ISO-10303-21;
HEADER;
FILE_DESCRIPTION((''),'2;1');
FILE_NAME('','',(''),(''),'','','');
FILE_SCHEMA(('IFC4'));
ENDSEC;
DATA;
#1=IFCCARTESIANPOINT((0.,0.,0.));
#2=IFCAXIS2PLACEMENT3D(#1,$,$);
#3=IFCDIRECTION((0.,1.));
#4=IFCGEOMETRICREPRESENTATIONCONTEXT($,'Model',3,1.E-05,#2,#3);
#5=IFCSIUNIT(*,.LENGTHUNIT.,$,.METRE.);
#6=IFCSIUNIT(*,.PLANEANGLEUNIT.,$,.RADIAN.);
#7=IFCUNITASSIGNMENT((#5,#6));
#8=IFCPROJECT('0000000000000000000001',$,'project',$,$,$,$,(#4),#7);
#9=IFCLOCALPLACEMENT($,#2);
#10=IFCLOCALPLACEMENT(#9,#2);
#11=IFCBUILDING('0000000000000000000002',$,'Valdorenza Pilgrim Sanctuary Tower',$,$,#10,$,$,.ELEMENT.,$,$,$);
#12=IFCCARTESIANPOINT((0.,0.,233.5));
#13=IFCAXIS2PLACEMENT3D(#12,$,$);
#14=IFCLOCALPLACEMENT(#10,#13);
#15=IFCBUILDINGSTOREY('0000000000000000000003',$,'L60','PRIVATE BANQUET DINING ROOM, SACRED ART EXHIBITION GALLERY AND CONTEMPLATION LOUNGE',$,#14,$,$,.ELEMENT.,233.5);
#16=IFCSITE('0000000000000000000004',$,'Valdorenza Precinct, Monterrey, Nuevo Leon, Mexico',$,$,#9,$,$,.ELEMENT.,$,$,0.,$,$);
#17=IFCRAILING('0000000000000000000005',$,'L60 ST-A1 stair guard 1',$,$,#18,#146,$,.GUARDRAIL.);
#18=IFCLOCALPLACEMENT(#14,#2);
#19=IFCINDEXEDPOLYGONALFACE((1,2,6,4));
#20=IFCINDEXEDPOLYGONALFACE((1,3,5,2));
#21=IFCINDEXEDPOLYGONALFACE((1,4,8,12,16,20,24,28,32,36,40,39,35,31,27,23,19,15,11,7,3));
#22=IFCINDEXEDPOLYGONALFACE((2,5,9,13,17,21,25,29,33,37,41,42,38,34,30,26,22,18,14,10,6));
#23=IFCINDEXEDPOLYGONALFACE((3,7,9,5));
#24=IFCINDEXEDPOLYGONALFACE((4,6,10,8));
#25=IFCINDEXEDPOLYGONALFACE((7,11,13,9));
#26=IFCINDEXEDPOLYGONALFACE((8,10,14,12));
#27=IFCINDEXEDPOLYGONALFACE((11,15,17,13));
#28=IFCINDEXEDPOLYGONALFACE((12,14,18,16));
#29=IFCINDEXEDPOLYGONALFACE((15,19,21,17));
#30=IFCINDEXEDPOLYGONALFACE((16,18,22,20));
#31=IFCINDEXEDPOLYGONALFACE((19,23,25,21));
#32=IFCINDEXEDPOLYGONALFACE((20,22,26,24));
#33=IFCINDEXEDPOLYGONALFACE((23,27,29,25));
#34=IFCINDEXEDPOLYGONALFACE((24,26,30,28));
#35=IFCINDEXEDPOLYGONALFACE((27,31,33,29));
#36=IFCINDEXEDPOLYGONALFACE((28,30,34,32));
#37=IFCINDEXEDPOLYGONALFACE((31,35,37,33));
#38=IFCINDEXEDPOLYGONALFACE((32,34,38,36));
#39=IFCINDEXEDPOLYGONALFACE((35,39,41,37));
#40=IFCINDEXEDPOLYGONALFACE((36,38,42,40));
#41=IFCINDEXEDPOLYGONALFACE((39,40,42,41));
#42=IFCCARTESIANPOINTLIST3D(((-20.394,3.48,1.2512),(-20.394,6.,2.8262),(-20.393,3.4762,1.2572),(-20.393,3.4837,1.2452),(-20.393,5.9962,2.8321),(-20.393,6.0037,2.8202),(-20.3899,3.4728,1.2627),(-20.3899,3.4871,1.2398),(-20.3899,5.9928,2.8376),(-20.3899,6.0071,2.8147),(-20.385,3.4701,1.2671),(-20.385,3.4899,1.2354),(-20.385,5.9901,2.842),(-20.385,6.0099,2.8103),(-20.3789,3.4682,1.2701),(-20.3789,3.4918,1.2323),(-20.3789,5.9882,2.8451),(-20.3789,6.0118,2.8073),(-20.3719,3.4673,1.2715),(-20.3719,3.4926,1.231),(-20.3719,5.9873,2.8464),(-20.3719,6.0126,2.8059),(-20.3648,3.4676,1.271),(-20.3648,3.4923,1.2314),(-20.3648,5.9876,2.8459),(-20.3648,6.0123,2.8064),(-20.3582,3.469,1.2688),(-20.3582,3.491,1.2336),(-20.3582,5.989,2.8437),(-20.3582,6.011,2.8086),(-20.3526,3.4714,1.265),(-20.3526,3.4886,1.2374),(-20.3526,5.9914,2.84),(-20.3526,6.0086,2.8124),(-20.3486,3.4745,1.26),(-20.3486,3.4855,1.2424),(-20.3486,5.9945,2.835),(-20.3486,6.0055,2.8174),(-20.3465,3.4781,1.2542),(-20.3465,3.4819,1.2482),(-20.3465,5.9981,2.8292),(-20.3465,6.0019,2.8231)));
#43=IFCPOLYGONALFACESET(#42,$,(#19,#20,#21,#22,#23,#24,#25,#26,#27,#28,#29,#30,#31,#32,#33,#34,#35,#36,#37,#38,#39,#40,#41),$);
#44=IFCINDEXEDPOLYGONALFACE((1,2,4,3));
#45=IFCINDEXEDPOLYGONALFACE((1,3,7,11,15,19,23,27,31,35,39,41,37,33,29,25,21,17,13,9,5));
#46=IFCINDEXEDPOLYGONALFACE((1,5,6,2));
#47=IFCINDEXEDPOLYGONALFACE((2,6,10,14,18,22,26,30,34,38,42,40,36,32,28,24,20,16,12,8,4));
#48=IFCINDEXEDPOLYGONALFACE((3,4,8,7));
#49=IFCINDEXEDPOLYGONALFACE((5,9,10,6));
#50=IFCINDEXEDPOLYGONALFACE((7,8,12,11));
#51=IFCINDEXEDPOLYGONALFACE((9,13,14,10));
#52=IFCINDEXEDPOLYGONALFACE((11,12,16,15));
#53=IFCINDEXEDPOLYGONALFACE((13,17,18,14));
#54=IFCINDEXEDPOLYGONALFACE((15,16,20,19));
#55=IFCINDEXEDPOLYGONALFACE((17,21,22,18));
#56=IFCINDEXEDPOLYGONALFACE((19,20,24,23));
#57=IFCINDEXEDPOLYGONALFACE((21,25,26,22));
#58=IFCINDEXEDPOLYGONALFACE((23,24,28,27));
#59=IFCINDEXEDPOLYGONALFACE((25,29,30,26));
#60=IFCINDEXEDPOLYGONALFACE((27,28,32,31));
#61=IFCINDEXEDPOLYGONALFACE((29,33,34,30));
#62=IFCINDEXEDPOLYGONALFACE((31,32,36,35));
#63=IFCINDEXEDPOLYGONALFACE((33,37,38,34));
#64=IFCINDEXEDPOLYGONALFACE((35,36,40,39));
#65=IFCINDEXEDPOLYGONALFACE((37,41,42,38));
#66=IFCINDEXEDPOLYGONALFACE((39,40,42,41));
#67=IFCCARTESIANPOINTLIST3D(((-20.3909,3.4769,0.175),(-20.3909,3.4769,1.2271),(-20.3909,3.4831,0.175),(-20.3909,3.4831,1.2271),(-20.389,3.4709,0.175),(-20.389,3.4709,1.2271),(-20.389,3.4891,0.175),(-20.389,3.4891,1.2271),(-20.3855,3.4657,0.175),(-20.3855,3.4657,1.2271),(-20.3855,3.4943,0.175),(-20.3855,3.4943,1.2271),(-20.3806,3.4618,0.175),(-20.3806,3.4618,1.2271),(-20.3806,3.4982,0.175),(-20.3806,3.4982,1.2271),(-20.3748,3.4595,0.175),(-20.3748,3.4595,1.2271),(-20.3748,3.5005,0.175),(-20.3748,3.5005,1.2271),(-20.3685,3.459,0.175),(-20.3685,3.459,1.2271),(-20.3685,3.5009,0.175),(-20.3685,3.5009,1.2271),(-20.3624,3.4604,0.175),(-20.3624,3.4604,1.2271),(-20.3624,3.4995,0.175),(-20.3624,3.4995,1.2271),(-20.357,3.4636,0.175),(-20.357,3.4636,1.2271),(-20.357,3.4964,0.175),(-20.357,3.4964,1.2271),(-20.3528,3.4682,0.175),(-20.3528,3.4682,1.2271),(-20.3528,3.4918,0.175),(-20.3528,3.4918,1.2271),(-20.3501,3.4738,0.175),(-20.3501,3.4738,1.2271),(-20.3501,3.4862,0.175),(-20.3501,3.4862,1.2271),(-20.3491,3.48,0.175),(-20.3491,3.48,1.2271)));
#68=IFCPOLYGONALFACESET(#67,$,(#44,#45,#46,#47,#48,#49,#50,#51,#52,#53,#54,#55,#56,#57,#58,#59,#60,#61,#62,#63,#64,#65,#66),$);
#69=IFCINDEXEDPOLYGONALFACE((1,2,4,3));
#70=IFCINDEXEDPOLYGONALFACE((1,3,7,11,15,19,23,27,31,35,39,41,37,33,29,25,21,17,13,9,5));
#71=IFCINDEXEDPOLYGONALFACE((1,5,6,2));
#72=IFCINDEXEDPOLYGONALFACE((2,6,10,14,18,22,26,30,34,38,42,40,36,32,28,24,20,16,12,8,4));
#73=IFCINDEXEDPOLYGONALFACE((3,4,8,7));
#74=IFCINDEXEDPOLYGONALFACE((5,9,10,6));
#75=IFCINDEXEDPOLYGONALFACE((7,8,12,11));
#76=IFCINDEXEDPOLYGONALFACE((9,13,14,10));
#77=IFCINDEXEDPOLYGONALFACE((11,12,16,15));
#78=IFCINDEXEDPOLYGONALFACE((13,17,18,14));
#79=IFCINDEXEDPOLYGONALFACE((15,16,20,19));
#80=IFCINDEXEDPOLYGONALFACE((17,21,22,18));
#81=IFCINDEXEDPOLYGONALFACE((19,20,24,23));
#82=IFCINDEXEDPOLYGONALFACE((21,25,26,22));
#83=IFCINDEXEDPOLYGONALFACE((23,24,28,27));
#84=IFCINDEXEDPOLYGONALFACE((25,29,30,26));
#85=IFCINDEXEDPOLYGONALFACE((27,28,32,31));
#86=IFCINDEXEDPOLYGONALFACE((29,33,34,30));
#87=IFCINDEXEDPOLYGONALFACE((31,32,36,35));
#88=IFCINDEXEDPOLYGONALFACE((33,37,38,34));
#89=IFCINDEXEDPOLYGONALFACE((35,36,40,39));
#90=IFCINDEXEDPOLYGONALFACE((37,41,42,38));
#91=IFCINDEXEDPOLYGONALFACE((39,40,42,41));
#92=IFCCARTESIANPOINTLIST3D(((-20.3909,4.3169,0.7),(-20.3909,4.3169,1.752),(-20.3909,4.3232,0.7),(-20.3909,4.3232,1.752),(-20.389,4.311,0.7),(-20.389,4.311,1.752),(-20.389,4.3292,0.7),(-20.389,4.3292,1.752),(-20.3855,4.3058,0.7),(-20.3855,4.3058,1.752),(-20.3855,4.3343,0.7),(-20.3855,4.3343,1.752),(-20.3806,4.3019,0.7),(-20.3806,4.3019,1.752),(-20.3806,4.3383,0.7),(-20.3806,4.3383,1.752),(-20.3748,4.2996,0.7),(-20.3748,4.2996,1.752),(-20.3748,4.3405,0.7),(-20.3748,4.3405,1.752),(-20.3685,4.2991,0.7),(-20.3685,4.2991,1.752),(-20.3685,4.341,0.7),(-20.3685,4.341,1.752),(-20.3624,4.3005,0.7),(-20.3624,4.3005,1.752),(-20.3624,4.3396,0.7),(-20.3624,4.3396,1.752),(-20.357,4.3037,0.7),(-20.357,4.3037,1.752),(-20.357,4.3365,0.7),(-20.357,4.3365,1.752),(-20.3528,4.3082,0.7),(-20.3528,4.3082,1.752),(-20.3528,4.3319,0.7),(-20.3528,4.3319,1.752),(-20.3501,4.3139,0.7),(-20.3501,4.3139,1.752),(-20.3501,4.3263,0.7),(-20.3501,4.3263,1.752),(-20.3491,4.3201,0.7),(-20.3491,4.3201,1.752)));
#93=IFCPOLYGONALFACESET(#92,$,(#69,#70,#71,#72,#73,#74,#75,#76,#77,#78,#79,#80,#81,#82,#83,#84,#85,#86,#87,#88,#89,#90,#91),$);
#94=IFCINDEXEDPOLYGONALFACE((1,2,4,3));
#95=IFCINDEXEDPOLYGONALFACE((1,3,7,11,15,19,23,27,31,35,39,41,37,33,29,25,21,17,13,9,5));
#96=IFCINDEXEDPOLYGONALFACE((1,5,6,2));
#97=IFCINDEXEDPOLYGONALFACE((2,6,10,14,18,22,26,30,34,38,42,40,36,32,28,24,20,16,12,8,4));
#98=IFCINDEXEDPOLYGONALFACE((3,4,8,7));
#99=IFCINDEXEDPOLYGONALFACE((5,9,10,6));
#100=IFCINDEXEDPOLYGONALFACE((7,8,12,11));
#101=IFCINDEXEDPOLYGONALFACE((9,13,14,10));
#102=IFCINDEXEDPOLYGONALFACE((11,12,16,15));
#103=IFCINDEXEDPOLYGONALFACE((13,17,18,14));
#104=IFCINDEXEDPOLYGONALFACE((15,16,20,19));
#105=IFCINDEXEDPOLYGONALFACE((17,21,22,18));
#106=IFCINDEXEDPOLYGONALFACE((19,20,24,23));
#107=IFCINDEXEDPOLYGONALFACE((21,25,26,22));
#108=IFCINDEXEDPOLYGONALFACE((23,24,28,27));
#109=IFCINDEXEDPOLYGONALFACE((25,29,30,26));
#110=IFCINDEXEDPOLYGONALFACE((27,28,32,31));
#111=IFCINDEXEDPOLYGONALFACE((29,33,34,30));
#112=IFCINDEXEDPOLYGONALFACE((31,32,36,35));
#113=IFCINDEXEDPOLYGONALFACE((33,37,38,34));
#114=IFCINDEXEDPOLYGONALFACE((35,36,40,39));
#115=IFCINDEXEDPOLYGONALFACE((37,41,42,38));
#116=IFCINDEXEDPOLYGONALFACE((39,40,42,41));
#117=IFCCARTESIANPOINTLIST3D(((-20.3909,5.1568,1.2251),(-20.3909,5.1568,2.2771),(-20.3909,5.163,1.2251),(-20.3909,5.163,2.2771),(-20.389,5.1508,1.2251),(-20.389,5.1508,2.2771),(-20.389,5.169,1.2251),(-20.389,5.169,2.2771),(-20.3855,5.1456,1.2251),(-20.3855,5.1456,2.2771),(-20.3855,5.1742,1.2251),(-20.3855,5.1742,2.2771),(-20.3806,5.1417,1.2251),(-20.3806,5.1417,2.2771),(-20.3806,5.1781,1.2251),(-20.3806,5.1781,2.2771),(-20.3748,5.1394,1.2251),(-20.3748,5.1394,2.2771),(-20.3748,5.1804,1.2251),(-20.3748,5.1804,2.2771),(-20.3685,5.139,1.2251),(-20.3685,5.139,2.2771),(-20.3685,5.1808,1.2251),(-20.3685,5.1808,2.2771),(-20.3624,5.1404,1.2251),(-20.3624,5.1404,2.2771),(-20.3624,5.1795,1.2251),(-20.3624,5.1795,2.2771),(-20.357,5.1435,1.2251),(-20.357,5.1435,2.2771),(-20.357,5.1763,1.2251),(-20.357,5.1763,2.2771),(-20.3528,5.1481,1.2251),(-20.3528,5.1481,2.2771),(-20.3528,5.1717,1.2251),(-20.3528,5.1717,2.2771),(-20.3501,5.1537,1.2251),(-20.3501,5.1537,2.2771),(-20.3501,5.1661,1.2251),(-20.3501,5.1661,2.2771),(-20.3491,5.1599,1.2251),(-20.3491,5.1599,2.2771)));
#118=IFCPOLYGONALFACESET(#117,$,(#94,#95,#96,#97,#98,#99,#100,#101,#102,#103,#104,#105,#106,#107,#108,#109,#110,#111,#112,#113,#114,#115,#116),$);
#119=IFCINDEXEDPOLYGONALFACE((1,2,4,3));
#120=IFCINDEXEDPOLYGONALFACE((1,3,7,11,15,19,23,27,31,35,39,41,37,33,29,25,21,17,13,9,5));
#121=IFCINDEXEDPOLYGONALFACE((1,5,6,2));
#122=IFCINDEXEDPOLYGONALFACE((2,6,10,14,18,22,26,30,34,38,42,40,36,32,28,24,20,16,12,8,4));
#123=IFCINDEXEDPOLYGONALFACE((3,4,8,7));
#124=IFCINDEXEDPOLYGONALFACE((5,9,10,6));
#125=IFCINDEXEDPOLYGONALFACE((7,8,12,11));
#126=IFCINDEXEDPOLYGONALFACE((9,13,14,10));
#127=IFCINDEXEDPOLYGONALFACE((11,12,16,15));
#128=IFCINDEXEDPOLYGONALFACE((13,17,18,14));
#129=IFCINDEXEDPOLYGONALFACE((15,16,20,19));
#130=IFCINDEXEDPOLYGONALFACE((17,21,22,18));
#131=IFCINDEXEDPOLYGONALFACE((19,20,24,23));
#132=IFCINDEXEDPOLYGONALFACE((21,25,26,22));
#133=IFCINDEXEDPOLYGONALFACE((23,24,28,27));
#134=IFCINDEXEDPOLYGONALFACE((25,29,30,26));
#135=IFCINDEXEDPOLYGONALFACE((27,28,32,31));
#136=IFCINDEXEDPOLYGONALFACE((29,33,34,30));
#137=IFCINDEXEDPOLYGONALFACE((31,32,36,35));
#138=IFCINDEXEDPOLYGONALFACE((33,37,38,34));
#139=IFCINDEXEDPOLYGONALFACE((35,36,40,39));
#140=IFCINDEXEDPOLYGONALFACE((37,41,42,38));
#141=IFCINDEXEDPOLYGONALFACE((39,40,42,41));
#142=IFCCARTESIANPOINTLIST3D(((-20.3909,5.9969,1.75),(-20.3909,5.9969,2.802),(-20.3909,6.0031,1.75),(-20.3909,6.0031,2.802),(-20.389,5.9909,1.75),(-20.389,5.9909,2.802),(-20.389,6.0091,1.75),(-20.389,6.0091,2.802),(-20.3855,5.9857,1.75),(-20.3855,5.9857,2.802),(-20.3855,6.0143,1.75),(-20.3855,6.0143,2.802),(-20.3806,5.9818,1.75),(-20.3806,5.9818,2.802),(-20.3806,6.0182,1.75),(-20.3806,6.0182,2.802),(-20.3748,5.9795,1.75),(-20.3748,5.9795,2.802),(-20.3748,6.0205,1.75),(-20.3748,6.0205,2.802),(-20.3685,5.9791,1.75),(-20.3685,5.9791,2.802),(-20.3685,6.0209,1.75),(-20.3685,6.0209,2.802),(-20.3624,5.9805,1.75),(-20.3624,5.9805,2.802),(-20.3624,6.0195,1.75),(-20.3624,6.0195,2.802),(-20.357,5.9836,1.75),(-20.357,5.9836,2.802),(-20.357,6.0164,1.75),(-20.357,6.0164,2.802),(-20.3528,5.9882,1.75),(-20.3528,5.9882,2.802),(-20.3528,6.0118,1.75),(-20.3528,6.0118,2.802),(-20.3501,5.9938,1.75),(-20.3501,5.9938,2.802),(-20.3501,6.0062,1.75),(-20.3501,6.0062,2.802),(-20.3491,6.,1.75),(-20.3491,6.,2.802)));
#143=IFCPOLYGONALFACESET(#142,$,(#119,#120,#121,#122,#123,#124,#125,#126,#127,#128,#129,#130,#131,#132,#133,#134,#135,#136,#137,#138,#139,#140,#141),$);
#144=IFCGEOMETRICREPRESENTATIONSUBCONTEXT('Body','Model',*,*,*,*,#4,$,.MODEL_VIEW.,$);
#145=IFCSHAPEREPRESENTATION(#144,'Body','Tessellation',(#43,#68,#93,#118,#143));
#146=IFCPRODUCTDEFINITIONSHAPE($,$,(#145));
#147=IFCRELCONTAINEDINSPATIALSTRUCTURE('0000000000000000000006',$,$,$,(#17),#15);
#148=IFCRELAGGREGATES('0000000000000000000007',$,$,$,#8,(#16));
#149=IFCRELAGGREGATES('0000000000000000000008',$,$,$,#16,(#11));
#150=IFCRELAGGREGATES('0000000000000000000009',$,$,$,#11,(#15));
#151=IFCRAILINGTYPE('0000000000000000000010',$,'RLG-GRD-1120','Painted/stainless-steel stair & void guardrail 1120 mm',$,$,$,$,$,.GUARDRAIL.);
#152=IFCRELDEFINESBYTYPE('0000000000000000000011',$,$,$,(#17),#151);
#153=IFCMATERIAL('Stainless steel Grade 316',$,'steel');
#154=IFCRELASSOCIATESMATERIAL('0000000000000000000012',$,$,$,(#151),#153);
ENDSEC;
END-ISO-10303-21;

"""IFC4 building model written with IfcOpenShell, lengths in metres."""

from ifc_helpers import new_model, si_unit, direction, frame, origin, origin_2d, place, context, subcontext, project, spatial, circle, extrude, material, type_object, element, save


model = new_model("IFC4")

# Units and contexts
model_context = context("Model", 3, precision=1e-05, world=origin(), true_north=direction((0.0, 1.0)))
body_context = subcontext(model_context, "Body", "Model", "MODEL_VIEW")
ifc_project = project(units=[si_unit("LENGTHUNIT", "METRE"), si_unit("PLANEANGLEUNIT", "RADIAN")], contexts=[model_context])

# Site, building, storey
site_placement = place(None, origin())
site = spatial("IfcSite", under=ifc_project, at=site_placement, Name="Valdorenza Precinct, Monterrey, Nuevo Leon, Mexico", CompositionType="ELEMENT", RefElevation=0.0)
building_placement = place(site_placement, origin())
building = spatial("IfcBuilding", under=site, at=building_placement, Name="Valdorenza Pilgrim Sanctuary Tower", CompositionType="ELEMENT")
storey_placement = place(building_placement, frame((0.0, 0.0, 233.5)))
storey = spatial("IfcBuildingStorey", under=building, at=storey_placement, Name="L60", Description="PRIVATE BANQUET DINING ROOM, SACRED ART EXHIBITION GALLERY AND CONTEMPLATION LOUNGE", CompositionType="ELEMENT", Elevation=233.5)

# Railing
ifc_material_1 = material(Name="Stainless steel Grade 316", Category="steel")
railing_type_1 = type_object("IfcRailingType", Name="RLG-GRD-1120", Description="Painted/stainless-steel stair & void guardrail 1120 mm", PredefinedType="GUARDRAIL", material=ifc_material_1)
railing_1_placement = place(storey_placement, frame((-20.3701, 3.48, 0.175)))
element("IfcRailing", 1, at=railing_1_placement, inside=storey, type_object=railing_type_1, Name="L60 ST-A1 stair guard 1", PredefinedType="GUARDRAIL", context=body_context, shape_type="SweptSolid", body=[
    extrude(circle(Radius=0.0239, at=origin_2d()), frame((0.0, 0.0, 1.0762), z_axis=(0.0, 0.848008, 0.529984), x_axis=(-1.0, 0.0, 0.0)), (0.0, 0.0, 1.0), 2.9717),
    extrude(circle(Radius=0.021, at=origin_2d()), origin(), (0.0, 0.0, 1.0), 1.052),
    extrude(circle(Radius=0.021, at=origin_2d()), frame((0.0, 0.8401, 0.5249)), (0.0, 0.0, 1.0), 1.052),
    extrude(circle(Radius=0.021, at=origin_2d()), frame((0.0, 1.6799, 1.05)), (0.0, 0.0, 1.0), 1.052),
    extrude(circle(Radius=0.021, at=origin_2d()), frame((0.0, 2.52, 1.575)), (0.0, 0.0, 1.0), 1.052),
])

save(model, "model.ifc")
